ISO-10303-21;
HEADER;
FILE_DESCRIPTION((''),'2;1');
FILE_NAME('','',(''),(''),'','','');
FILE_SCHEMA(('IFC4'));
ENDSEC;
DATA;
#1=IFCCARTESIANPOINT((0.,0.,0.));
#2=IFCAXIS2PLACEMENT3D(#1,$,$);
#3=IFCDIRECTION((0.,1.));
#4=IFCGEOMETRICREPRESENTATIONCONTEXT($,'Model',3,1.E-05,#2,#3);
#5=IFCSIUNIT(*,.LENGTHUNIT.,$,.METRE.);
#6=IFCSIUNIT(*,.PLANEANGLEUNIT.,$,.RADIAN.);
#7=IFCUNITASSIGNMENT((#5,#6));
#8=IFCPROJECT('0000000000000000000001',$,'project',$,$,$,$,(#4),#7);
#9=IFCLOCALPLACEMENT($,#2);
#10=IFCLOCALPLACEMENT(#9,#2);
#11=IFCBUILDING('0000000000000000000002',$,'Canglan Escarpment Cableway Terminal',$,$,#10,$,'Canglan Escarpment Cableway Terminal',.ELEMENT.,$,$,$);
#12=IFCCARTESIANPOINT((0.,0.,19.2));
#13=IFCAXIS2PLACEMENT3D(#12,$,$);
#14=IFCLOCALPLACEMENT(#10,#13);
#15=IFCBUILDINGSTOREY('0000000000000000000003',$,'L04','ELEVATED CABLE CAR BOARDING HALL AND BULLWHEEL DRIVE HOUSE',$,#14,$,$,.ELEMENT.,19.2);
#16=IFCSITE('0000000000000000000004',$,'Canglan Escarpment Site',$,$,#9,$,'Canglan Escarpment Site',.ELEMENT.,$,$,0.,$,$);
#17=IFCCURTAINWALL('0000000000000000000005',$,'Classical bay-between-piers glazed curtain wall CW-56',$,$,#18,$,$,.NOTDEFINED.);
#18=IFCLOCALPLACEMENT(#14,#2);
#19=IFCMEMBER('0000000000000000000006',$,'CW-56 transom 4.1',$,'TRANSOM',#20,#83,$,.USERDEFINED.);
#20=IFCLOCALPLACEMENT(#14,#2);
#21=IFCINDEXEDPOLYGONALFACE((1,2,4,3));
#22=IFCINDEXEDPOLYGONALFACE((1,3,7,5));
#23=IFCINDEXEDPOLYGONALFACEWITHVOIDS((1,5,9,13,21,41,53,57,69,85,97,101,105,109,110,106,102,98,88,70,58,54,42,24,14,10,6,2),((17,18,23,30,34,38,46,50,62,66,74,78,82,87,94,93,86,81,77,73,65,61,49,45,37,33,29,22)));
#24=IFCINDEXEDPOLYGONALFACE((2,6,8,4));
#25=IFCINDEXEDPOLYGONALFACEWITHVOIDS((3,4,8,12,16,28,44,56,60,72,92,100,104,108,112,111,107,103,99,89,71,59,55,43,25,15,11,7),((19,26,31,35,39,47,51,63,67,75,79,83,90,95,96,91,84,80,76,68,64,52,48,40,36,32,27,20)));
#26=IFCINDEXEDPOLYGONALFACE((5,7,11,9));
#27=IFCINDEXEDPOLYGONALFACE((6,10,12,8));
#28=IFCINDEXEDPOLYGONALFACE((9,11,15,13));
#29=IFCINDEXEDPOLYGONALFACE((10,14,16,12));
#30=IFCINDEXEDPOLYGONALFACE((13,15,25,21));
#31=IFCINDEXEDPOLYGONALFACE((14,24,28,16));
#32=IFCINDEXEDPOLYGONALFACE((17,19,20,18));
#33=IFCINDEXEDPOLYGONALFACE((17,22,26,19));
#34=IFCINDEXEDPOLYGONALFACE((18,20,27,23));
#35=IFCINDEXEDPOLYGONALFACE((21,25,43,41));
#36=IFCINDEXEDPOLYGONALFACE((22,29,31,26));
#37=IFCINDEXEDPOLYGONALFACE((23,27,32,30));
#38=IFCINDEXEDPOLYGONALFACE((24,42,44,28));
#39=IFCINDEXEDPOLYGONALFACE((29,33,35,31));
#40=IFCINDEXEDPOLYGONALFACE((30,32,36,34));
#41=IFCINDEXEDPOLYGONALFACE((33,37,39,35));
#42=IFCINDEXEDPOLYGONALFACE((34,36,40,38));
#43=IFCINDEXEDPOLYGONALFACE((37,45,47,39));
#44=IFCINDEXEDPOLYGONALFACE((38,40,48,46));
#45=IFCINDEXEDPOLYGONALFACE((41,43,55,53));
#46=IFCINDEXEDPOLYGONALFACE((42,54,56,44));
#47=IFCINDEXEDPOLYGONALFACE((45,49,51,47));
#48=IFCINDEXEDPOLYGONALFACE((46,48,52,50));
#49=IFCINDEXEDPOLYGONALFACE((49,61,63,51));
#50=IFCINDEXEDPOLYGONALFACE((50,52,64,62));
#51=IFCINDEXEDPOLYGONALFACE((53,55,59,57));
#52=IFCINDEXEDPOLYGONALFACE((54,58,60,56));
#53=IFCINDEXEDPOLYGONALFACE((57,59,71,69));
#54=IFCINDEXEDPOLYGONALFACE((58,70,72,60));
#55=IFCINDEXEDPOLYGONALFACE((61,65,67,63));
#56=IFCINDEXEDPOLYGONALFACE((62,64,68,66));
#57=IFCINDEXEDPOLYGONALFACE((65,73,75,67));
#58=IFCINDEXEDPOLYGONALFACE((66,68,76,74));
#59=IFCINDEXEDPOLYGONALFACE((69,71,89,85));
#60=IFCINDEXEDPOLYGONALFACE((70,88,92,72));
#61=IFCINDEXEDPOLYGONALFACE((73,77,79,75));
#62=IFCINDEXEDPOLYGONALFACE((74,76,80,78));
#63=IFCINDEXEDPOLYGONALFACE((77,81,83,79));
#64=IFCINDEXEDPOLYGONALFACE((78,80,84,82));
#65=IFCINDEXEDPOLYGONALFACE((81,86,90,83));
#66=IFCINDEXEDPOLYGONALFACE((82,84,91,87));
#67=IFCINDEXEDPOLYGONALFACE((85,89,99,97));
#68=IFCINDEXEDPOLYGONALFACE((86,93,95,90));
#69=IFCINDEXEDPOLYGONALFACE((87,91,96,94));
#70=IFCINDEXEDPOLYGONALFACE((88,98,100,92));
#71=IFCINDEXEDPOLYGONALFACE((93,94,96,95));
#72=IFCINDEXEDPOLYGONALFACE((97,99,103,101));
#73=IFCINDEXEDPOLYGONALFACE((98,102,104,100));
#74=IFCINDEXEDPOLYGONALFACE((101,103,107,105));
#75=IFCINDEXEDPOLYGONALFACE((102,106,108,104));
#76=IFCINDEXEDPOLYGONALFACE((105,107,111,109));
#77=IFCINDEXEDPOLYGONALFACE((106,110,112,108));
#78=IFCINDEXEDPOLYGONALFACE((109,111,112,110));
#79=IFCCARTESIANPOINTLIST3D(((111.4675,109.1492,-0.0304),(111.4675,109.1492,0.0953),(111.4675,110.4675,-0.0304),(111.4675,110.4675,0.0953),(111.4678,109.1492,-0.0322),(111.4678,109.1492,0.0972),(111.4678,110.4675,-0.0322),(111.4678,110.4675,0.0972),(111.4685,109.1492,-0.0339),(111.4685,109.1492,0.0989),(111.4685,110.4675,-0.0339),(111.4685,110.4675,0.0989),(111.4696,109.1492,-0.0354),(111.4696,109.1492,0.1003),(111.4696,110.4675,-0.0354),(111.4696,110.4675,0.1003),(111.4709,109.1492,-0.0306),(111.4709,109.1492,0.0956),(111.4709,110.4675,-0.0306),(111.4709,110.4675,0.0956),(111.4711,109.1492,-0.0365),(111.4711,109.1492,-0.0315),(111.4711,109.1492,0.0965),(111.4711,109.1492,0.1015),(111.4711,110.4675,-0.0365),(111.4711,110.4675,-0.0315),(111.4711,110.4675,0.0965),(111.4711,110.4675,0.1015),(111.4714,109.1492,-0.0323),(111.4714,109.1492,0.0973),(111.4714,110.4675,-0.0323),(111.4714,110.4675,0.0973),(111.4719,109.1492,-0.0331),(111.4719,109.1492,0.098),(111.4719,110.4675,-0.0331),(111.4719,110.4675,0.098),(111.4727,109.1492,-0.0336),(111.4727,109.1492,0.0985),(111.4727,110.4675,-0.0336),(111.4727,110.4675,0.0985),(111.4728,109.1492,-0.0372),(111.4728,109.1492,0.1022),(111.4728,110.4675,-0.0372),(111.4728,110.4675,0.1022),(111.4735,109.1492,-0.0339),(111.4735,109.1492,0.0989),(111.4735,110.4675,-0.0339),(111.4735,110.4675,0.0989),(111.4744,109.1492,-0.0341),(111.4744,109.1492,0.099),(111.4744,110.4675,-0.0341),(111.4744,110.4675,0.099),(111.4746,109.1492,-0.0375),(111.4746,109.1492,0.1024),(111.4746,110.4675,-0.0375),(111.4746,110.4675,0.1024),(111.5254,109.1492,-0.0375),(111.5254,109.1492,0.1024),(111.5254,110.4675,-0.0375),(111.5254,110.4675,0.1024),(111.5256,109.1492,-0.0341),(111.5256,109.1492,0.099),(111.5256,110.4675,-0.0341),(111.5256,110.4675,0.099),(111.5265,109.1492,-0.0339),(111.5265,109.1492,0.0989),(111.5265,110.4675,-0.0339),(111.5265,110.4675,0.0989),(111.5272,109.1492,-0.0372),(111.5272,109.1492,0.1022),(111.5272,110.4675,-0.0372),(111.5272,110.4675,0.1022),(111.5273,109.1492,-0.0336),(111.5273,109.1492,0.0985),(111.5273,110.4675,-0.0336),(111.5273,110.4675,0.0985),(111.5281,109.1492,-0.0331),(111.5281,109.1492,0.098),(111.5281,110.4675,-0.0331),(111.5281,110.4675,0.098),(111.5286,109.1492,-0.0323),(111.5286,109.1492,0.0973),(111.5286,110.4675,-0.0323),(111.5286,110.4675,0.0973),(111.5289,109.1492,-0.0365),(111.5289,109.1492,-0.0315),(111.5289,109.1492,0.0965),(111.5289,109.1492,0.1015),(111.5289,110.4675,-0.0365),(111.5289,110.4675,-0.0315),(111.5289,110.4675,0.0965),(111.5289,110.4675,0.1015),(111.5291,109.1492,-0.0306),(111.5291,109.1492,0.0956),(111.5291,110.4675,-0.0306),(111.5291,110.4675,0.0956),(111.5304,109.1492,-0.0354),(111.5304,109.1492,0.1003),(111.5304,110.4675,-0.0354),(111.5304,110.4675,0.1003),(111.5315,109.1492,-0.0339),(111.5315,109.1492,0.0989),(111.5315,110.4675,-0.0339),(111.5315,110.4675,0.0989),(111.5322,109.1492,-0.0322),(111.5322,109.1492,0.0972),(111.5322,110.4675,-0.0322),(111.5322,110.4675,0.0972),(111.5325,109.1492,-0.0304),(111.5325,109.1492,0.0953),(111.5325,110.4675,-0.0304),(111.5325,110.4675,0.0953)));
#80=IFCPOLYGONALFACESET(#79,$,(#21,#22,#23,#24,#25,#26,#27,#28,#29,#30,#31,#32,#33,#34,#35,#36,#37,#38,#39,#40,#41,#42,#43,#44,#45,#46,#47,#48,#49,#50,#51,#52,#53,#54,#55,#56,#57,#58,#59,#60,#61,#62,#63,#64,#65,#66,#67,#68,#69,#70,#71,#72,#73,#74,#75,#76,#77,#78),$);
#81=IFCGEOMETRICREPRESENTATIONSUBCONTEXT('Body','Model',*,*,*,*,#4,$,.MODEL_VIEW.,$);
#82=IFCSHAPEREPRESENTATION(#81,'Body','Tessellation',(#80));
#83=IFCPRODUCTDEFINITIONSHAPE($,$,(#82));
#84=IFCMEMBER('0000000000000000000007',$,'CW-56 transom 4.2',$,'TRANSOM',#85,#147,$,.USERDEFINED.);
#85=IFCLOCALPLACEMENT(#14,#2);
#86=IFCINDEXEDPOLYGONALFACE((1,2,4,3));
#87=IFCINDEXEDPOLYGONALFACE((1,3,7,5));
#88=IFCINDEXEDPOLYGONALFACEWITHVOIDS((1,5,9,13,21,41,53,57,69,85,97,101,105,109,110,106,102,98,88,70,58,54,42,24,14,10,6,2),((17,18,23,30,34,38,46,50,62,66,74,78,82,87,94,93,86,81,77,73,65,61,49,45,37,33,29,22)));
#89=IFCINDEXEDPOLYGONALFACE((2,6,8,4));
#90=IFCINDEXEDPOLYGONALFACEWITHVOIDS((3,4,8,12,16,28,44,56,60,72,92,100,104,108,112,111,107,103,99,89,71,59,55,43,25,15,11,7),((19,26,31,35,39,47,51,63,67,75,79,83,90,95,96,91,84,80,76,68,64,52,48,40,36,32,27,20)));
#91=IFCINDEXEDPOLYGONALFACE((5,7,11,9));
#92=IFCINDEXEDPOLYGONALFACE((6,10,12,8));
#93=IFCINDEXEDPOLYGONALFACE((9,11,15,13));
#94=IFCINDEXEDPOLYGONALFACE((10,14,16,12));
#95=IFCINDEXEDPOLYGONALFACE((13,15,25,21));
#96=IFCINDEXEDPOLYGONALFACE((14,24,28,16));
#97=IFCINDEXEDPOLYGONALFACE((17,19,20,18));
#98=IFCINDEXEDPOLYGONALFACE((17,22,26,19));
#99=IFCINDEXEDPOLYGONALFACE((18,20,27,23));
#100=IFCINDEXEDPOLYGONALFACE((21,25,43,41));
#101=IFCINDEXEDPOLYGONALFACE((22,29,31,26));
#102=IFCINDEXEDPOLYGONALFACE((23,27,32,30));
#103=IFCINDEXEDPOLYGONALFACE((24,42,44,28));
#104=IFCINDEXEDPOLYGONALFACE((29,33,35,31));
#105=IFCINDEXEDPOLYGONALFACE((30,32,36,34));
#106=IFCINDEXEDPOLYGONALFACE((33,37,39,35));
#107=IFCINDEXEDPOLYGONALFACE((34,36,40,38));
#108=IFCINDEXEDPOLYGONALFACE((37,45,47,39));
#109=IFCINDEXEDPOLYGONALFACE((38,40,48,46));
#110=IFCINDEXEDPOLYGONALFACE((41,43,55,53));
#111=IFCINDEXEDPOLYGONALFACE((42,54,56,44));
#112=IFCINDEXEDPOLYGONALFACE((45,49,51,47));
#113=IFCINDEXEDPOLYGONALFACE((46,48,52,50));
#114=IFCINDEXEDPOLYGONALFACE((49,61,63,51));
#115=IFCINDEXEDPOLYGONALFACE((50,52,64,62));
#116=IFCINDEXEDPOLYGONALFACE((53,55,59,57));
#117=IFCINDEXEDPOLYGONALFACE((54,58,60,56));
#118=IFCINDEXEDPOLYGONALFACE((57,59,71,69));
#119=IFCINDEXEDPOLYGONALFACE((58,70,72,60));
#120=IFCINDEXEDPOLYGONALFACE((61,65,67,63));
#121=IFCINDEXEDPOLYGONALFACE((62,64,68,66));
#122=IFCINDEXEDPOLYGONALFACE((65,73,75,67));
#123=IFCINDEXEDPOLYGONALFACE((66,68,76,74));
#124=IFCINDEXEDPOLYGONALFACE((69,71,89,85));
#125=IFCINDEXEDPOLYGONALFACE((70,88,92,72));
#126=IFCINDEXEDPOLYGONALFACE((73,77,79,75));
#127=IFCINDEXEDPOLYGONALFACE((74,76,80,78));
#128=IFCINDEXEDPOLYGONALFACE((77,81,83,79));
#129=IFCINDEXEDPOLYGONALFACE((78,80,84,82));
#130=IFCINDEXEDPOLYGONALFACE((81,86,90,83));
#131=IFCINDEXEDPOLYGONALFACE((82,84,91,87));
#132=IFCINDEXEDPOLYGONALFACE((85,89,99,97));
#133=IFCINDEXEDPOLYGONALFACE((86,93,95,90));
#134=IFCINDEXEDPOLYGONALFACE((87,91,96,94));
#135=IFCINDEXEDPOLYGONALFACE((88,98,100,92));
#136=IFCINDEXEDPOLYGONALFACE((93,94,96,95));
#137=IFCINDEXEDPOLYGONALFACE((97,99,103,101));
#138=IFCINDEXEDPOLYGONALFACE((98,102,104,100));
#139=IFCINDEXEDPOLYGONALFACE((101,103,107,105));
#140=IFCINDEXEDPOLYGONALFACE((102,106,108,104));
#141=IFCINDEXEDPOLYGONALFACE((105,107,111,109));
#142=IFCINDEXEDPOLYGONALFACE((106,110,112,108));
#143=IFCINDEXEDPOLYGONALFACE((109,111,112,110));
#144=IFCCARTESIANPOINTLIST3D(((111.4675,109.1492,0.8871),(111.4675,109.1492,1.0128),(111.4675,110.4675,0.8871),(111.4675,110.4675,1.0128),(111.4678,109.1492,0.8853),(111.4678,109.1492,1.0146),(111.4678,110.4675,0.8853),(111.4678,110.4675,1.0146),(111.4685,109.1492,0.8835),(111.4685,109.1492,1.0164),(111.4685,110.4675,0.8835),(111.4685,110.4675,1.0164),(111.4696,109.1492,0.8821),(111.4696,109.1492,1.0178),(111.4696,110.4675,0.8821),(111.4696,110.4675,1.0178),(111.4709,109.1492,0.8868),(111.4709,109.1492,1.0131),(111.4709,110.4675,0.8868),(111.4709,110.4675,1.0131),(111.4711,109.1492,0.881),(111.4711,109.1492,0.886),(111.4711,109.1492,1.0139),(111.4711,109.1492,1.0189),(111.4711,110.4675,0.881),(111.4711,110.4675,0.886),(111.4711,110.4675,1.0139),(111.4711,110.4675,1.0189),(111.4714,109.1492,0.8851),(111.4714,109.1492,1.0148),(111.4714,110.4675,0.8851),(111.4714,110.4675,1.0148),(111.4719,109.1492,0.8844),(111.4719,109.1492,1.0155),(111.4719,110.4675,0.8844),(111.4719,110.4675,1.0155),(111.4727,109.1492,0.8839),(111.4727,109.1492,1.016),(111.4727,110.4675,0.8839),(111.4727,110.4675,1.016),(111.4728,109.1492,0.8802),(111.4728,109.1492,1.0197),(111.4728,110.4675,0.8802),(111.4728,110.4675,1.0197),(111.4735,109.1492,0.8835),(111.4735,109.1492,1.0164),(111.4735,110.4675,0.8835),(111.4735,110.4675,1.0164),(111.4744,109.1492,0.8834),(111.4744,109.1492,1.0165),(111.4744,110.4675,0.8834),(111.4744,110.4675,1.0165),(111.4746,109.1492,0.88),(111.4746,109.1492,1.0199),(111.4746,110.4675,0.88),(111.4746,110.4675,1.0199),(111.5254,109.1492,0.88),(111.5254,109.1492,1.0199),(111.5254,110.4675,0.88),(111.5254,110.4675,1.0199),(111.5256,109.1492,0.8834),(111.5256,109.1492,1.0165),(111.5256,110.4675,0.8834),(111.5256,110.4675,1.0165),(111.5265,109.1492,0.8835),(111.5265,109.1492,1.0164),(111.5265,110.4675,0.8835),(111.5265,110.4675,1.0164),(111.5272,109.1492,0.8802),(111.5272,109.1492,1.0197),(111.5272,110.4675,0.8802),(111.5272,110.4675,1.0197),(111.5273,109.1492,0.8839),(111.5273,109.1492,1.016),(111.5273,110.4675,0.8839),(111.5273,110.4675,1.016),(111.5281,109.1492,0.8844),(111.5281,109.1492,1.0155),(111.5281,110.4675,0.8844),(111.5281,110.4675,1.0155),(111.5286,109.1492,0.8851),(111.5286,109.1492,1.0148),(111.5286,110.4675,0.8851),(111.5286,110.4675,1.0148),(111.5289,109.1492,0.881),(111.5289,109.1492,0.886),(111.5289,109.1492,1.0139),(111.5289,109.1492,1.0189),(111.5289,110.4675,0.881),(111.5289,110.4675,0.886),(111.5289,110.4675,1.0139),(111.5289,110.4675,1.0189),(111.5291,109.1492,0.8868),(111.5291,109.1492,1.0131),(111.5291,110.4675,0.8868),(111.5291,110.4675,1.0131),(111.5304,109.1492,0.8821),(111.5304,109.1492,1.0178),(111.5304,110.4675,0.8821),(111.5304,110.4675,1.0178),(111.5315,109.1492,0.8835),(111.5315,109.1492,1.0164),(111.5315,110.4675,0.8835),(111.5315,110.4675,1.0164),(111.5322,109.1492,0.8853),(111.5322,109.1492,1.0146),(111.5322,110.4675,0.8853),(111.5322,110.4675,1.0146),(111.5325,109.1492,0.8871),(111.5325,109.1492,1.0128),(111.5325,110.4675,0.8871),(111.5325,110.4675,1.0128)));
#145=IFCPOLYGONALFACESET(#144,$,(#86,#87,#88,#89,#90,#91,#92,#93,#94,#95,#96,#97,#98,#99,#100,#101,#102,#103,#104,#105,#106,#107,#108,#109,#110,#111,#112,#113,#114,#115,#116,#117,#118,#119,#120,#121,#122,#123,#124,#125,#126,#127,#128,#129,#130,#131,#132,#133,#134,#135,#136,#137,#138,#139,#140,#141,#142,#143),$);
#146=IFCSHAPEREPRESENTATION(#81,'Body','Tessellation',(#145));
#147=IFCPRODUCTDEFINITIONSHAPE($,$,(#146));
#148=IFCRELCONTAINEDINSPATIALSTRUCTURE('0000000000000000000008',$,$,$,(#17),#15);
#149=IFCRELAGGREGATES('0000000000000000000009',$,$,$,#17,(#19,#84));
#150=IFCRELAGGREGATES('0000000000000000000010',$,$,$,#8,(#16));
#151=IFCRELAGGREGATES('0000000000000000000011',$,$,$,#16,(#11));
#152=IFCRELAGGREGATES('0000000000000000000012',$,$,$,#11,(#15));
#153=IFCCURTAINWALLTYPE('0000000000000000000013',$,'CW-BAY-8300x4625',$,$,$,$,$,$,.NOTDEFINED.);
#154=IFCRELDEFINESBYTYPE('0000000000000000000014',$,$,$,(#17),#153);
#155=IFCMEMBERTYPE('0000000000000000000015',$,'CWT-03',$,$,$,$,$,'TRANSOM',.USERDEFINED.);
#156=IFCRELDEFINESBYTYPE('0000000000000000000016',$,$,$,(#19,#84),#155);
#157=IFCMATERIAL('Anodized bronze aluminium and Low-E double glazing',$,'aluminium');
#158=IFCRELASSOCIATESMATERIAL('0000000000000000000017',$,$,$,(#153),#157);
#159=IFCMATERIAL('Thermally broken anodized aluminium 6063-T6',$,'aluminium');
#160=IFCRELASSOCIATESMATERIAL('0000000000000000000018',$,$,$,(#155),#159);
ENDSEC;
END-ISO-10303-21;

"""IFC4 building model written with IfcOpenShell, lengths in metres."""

from ifc_helpers import new_model, si_unit, direction, frame, origin, origin_2d, place, context, subcontext, project, spatial, hollow_rectangle, extrude, material, material_profile, profile_set, type_object, element, aggregate, save


model = new_model("IFC4")

# Units and contexts
model_context = context("Model", 3, precision=1e-05, world=origin(), true_north=direction((0.0, 1.0)))
body_context = subcontext(model_context, "Body", "Model", "MODEL_VIEW")
ifc_project = project(units=[si_unit("LENGTHUNIT", "METRE"), si_unit("PLANEANGLEUNIT", "RADIAN")], contexts=[model_context])

# Site, building, storey
site_placement = place(None, origin())
site = spatial("IfcSite", under=ifc_project, at=site_placement, Name="Canglan Escarpment Site", LongName="Canglan Escarpment Site", CompositionType="ELEMENT", RefElevation=0.0)
building_placement = place(site_placement, origin())
building = spatial("IfcBuilding", under=site, at=building_placement, Name="Canglan Escarpment Cableway Terminal", LongName="Canglan Escarpment Cableway Terminal", CompositionType="ELEMENT")
storey_placement = place(building_placement, frame((0.0, 0.0, 19.2)))
storey = spatial("IfcBuildingStorey", under=building, at=storey_placement, Name="L04", Description="ELEVATED CABLE CAR BOARDING HALL AND BULLWHEEL DRIVE HOUSE", CompositionType="ELEMENT", Elevation=19.2)

# Curtain wall
ifc_material_1 = material(Name="Anodized bronze aluminium and Low-E double glazing", Category="aluminium")
curtain_wall_type = type_object("IfcCurtainWallType", Name="CW-BAY-8300x4625", PredefinedType="NOTDEFINED", material=ifc_material_1)
curtain_wall_1_placement = place(storey_placement, origin())
curtain_wall_1 = element("IfcCurtainWall", 1, at=curtain_wall_1_placement, inside=storey, type_object=curtain_wall_type, Name="Classical bay-between-piers glazed curtain wall CW-56", PredefinedType="NOTDEFINED")
ifc_material_2 = material(Name="Thermally broken anodized aluminium 6063-T6", Category="aluminium")

# Members
ifc_material_profile_1 = material_profile(ifc_material_2, hollow_rectangle(XDim=0.0649, YDim=0.1399, WallThickness=0.0034, InnerFilletRadius=0.0034, OuterFilletRadius=0.0071, at=origin_2d()), Name="ALU-TRAN 65x140x3.5")
ifc_profile_set_1 = profile_set([ifc_material_profile_1], Name="Thermally broken anodized aluminium 6063-T6")
member_type_1 = type_object("IfcMemberType", Name="CWT-03", ElementType="TRANSOM", PredefinedType="USERDEFINED", material=ifc_profile_set_1)
member_1_placement = place(storey_placement, frame((111.5, 110.4675, 0.0325), z_axis=(0.0, -1.0, 0.0), x_axis=(1.0, 0.0, 0.0)))
member_1 = element("IfcMember", 2, at=member_1_placement, type_object=member_type_1, Name="CW-56 transom 4.1", ObjectType="TRANSOM", PredefinedType="USERDEFINED", context=body_context, shape_type="SweptSolid", body=[
    extrude(hollow_rectangle(XDim=0.0649, YDim=0.1399, WallThickness=0.0034, InnerFilletRadius=0.0034, OuterFilletRadius=0.0071, at=origin_2d()), origin(), (0.0, 0.0, 1.0), 1.3184),
])
member_2_placement = place(storey_placement, frame((111.5, 110.4675, 0.95), z_axis=(0.0, -1.0, 0.0), x_axis=(1.0, 0.0, 0.0)))
member_2 = element("IfcMember", 3, at=member_2_placement, type_object=member_type_1, Name="CW-56 transom 4.2", ObjectType="TRANSOM", PredefinedType="USERDEFINED", context=body_context, shape_type="SweptSolid", body=[
    extrude(hollow_rectangle(XDim=0.0649, YDim=0.1399, WallThickness=0.0034, InnerFilletRadius=0.0034, OuterFilletRadius=0.0071, at=origin_2d()), origin(), (0.0, 0.0, 1.0), 1.3184),
])

aggregate(curtain_wall_1, [member_1, member_2])

save(model, "model.ifc")
